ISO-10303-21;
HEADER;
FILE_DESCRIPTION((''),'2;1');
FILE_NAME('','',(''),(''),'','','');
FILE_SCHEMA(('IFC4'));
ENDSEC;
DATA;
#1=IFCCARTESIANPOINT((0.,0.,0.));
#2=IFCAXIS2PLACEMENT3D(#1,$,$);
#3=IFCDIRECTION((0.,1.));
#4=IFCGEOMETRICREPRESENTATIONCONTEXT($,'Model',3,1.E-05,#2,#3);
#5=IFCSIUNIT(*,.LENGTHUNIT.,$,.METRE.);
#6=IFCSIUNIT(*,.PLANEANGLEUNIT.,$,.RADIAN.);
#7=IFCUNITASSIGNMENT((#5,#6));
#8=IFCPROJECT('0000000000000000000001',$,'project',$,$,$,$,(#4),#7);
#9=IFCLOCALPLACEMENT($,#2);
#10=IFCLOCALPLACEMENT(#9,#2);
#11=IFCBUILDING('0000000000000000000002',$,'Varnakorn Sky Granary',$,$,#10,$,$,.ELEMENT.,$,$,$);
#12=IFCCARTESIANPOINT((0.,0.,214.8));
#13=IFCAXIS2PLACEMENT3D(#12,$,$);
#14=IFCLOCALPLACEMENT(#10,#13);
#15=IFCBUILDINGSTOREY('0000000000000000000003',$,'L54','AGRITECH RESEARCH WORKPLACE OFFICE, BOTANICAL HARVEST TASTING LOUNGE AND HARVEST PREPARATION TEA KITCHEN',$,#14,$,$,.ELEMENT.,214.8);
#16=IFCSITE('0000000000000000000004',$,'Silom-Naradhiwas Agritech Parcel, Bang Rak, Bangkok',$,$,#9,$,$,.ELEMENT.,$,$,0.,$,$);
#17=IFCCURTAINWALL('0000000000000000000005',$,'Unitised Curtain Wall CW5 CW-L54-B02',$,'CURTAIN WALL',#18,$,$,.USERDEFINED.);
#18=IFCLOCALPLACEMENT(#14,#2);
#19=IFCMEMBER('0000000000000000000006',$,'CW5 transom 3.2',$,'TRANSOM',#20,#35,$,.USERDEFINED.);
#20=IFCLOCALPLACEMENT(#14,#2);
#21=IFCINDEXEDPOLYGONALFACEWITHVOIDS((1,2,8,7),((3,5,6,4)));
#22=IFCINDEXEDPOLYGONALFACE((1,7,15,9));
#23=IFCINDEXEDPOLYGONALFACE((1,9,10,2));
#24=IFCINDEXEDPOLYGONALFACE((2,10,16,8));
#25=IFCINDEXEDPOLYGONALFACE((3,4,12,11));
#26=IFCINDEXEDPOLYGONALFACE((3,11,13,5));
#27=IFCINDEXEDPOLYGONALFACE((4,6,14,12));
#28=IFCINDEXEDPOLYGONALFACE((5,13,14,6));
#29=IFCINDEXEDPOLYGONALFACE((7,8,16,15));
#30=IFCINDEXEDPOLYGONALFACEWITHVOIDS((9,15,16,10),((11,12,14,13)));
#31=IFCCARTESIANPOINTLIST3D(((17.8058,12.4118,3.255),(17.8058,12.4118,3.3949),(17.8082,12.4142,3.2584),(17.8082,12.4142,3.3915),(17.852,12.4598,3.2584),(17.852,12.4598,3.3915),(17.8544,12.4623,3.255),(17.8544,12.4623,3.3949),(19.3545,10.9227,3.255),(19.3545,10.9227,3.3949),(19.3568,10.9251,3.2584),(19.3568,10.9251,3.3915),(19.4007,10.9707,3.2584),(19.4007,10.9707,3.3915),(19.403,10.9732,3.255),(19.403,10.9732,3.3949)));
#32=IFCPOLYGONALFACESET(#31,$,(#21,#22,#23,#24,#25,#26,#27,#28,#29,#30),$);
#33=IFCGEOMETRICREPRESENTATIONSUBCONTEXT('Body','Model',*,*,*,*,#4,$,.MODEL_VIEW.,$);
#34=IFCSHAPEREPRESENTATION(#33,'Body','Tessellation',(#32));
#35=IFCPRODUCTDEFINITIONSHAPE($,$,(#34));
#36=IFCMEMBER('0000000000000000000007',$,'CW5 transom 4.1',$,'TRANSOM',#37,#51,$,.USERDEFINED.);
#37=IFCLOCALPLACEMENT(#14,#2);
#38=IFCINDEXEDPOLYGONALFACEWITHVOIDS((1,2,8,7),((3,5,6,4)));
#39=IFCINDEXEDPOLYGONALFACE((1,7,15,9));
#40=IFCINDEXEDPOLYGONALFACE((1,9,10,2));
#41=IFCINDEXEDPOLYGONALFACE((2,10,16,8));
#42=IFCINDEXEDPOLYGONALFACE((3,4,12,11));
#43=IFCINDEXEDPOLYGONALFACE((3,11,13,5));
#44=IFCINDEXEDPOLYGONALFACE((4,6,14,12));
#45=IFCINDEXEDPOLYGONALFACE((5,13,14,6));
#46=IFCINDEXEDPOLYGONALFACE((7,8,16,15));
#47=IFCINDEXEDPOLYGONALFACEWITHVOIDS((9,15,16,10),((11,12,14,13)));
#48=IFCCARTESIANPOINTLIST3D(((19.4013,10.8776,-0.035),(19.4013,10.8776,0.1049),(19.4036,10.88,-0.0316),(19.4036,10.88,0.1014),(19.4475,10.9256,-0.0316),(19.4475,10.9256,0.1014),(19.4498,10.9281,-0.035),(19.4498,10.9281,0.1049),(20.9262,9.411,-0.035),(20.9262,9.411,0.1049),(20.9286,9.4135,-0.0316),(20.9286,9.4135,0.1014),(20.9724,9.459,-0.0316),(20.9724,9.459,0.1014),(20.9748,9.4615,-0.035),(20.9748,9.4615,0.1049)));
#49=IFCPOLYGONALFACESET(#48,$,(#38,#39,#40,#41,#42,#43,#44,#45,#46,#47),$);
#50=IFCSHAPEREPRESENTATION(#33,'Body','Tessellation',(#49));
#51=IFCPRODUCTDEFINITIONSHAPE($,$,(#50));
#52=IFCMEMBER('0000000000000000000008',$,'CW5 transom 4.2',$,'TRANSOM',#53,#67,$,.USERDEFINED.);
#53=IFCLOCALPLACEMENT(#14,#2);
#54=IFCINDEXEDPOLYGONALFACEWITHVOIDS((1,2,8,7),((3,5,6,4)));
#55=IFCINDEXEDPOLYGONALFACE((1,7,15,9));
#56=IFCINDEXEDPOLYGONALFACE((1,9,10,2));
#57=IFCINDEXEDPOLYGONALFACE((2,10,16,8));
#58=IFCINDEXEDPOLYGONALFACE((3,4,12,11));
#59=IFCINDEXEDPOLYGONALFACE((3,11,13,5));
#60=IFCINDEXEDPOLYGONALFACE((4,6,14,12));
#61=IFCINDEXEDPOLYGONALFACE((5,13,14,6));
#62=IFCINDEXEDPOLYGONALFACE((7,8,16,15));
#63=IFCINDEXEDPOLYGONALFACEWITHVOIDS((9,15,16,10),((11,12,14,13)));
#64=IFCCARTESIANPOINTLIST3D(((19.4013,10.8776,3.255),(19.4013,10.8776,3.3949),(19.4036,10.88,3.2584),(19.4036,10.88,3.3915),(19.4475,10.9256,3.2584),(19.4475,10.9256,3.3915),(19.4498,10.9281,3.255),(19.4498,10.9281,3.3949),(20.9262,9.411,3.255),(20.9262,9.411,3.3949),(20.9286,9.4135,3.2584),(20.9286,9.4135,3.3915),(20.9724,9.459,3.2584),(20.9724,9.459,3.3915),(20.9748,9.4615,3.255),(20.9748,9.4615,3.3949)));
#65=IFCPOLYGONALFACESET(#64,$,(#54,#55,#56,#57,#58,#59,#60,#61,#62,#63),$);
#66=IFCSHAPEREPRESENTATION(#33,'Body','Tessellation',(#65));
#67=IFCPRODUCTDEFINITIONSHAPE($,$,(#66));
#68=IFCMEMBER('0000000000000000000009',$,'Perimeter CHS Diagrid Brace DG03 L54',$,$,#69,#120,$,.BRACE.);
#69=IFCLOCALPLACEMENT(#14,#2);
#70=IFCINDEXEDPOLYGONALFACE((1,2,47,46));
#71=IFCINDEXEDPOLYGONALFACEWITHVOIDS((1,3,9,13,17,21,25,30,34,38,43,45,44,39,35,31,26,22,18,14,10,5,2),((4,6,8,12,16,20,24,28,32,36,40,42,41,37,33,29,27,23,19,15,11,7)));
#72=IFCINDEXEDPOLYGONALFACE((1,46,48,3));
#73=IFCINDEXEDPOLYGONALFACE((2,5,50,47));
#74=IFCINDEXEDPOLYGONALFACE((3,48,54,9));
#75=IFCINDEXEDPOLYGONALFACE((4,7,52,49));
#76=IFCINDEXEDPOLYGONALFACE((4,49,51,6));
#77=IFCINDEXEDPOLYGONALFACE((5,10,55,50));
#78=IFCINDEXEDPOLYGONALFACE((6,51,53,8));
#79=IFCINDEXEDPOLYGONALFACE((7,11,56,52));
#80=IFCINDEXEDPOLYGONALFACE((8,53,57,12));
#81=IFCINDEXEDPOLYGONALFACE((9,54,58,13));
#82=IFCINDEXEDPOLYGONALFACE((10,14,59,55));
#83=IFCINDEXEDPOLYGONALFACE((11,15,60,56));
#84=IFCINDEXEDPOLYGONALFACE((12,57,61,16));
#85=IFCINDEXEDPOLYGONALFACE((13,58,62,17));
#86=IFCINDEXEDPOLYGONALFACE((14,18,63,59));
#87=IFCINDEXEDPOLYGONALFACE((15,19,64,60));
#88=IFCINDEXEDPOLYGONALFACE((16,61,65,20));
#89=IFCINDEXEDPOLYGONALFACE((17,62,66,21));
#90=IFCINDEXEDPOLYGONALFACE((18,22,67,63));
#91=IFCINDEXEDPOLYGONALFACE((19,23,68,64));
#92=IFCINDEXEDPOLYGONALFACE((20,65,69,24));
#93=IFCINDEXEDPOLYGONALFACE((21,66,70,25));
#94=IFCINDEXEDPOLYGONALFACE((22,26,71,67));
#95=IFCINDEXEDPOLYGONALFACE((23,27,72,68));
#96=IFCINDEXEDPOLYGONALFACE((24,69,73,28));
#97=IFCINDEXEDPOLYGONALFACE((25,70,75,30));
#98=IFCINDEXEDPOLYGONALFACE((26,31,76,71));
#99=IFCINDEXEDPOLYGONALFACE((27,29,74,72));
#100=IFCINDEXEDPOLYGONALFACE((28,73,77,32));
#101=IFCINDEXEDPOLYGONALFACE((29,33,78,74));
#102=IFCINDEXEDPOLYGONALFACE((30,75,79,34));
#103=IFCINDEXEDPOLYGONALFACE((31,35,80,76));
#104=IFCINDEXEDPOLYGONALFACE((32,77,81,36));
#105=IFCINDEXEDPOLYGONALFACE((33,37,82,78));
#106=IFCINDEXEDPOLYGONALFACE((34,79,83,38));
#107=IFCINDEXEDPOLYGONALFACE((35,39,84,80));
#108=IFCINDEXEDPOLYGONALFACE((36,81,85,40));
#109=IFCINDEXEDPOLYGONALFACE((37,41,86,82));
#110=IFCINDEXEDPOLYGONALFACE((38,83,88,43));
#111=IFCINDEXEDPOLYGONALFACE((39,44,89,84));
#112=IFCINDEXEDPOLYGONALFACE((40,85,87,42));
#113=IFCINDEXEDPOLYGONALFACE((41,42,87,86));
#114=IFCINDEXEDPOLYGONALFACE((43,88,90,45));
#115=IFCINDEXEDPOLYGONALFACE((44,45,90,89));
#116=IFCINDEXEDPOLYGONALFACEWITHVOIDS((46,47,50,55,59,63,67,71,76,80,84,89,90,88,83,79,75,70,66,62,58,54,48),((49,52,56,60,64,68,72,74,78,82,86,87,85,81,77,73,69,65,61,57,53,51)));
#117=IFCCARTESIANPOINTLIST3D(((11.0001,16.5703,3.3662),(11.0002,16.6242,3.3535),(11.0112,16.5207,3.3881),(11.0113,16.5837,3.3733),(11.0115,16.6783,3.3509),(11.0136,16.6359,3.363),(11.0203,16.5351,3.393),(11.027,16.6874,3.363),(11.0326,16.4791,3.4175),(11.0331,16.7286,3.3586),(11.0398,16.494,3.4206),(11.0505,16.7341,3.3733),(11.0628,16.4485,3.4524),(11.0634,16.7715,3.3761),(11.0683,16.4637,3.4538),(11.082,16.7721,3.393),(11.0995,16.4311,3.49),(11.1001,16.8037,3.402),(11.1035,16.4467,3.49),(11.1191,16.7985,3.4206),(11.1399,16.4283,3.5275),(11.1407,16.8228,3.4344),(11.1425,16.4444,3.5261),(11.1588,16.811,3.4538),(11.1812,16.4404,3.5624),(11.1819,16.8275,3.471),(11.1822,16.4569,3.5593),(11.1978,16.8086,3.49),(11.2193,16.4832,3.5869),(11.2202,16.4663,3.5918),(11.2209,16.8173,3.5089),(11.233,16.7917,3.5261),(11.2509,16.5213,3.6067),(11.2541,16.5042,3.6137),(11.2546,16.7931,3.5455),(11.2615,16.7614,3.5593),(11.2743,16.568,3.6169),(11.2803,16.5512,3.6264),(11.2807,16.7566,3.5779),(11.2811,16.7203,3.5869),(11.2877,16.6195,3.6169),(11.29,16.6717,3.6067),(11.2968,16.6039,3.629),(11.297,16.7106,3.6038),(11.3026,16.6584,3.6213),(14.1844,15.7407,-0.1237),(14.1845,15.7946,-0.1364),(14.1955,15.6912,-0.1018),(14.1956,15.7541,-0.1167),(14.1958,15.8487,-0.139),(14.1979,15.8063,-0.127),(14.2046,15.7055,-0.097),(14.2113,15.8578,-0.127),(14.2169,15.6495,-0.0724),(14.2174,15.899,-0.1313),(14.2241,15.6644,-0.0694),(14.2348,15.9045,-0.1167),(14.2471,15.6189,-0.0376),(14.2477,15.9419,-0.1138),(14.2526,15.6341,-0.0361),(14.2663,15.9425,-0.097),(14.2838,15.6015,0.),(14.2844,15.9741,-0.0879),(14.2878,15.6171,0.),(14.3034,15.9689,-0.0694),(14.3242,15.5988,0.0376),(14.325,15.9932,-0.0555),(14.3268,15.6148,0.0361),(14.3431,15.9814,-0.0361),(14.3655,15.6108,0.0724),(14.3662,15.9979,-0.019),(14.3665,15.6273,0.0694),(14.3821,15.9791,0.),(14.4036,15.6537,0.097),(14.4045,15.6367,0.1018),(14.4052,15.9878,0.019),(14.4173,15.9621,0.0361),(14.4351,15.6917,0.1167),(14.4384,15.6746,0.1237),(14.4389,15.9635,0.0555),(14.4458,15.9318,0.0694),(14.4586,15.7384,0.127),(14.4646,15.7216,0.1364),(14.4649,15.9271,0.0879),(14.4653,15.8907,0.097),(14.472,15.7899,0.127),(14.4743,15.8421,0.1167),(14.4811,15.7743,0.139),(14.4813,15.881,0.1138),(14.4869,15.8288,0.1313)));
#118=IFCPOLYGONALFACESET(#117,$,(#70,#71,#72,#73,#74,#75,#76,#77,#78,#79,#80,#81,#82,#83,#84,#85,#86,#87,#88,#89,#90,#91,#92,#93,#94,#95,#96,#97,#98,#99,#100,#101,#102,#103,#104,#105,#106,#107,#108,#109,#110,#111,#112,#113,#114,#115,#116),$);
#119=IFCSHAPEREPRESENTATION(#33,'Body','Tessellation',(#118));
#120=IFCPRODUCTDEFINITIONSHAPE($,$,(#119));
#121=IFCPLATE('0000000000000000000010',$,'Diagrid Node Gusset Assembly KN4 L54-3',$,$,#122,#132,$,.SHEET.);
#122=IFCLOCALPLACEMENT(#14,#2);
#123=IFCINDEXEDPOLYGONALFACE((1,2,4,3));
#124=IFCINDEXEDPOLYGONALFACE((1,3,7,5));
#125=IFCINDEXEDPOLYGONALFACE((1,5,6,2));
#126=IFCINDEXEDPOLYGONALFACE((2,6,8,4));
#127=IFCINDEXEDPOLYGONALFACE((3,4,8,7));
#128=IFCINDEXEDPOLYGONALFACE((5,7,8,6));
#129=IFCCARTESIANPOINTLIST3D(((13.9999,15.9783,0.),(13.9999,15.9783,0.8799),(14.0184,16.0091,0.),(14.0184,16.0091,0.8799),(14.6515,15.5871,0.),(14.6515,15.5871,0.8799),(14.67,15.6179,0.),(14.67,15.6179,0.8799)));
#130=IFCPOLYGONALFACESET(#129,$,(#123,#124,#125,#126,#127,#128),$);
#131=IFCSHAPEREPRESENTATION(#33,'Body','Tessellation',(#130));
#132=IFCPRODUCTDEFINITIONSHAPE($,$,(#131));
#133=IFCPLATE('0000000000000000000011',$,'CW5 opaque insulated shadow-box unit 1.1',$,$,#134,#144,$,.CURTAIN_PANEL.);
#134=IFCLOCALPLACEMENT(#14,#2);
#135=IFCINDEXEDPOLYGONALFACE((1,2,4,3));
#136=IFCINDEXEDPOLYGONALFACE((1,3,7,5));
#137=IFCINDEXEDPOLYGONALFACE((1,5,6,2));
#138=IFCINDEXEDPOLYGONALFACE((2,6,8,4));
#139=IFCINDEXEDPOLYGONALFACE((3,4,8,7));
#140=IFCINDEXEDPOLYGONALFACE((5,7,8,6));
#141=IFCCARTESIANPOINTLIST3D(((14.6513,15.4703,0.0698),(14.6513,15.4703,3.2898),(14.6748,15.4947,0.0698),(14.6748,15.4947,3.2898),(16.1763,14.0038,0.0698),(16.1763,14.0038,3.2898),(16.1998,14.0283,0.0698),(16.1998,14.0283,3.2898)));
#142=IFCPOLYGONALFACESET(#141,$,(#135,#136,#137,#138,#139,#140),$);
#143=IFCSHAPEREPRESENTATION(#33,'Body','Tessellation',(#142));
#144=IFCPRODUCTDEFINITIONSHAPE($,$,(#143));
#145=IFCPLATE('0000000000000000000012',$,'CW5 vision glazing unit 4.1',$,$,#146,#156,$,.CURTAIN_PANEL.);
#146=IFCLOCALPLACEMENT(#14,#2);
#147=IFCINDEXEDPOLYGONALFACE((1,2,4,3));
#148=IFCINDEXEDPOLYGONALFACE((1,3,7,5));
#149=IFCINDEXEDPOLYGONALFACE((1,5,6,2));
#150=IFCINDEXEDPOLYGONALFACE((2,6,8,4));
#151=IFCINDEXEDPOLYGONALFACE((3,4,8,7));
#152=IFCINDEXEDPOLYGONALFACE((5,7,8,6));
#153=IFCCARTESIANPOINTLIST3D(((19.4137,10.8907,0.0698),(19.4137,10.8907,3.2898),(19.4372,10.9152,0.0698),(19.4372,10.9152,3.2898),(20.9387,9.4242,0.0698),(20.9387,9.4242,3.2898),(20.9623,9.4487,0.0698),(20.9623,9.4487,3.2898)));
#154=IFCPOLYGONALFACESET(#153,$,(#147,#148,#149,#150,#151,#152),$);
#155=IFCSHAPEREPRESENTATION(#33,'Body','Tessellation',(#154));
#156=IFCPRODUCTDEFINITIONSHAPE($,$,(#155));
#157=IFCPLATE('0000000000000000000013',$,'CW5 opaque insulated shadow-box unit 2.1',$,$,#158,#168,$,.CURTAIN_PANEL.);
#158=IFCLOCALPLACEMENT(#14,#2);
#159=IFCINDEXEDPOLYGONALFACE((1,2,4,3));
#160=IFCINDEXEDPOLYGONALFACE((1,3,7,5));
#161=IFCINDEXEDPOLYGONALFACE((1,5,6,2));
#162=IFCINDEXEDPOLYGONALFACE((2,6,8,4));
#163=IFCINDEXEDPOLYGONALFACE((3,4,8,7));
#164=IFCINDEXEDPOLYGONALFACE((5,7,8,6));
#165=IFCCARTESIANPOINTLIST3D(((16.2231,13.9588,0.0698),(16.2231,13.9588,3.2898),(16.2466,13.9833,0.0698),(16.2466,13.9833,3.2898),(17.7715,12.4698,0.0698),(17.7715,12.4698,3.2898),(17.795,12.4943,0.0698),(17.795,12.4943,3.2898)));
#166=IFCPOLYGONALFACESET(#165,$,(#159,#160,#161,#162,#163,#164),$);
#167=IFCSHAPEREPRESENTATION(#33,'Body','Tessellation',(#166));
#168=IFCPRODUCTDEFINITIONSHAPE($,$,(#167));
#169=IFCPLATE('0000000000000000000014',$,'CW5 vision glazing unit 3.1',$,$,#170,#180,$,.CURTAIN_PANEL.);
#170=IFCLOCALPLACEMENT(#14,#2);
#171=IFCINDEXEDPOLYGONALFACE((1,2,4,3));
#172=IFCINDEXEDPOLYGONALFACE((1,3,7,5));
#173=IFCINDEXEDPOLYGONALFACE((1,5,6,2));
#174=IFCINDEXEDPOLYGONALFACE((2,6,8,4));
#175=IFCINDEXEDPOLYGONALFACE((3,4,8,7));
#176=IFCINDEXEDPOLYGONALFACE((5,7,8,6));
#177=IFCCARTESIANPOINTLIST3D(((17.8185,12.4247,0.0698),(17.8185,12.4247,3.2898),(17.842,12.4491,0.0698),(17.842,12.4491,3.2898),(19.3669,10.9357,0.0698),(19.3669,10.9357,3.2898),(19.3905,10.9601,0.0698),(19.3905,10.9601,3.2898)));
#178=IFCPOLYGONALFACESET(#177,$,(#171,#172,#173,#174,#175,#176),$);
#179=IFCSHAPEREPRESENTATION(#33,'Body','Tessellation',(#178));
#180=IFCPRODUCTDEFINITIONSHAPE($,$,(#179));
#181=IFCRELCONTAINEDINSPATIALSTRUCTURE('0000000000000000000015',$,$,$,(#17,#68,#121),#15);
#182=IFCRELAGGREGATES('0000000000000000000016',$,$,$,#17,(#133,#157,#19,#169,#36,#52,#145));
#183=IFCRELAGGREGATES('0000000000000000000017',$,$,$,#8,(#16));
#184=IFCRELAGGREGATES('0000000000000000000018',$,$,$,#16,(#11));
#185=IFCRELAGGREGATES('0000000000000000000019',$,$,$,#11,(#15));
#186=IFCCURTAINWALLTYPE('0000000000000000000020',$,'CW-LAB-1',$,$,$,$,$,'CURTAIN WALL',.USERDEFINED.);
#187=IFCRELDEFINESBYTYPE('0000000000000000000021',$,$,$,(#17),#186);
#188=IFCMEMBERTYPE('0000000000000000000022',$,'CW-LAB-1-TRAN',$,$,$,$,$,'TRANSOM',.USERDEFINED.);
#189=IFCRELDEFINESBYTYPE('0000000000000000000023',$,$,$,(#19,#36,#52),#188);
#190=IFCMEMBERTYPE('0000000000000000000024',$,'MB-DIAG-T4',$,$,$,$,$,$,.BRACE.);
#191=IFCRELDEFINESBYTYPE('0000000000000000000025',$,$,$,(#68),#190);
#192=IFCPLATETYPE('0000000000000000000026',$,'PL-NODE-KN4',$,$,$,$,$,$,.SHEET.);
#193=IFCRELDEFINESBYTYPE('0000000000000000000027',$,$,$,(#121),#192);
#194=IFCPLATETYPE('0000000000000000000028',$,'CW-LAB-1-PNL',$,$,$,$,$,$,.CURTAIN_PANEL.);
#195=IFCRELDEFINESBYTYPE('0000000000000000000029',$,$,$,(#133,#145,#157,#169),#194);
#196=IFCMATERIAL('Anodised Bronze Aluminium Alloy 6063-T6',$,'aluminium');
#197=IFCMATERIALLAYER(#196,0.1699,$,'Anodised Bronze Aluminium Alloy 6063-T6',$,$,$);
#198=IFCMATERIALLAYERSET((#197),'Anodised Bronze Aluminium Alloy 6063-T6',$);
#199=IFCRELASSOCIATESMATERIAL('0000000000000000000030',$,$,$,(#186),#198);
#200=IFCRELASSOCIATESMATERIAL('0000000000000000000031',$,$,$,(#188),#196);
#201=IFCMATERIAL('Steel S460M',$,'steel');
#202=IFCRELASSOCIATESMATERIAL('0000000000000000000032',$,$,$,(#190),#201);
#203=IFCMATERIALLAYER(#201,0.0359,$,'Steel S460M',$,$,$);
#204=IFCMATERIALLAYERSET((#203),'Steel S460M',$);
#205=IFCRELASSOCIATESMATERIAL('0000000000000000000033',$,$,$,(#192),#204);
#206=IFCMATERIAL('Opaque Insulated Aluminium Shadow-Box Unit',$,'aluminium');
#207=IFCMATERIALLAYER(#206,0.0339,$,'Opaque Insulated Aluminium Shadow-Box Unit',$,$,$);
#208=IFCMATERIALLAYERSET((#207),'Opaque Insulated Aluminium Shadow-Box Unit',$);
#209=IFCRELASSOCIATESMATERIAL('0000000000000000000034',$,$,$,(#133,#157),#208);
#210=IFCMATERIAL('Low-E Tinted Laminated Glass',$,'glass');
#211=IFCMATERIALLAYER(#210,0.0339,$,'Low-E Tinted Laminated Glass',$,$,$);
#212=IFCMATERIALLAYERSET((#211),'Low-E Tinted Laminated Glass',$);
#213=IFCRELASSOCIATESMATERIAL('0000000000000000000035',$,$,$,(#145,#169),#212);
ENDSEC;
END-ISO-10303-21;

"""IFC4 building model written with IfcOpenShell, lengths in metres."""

from ifc_helpers import new_model, si_unit, direction, frame, origin, origin_2d, place, context, subcontext, project, spatial, rectangle, hollow_rectangle, hollow_circle, extrude, source, transform, mapped, material, layer, layer_set, material_profile, profile_set, type_object, type_shapes, element, aggregate, save


model = new_model("IFC4")

# Units and contexts
model_context = context("Model", 3, precision=1e-05, world=origin(), true_north=direction((0.0, 1.0)))
body_context = subcontext(model_context, "Body", "Model", "MODEL_VIEW")
ifc_project = project(units=[si_unit("LENGTHUNIT", "METRE"), si_unit("PLANEANGLEUNIT", "RADIAN")], contexts=[model_context])

# Site, building, storey
site_placement = place(None, origin())
site = spatial("IfcSite", under=ifc_project, at=site_placement, Name="Silom-Naradhiwas Agritech Parcel, Bang Rak, Bangkok", CompositionType="ELEMENT", RefElevation=0.0)
building_placement = place(site_placement, origin())
building = spatial("IfcBuilding", under=site, at=building_placement, Name="Varnakorn Sky Granary", CompositionType="ELEMENT")
storey_placement = place(building_placement, frame((0.0, 0.0, 214.8)))
storey = spatial("IfcBuildingStorey", under=building, at=storey_placement, Name="L54", Description="AGRITECH RESEARCH WORKPLACE OFFICE, BOTANICAL HARVEST TASTING LOUNGE AND HARVEST PREPARATION TEA KITCHEN", CompositionType="ELEMENT", Elevation=214.8)

# Curtain wall, members
ifc_material_1 = material(Name="Anodised Bronze Aluminium Alloy 6063-T6", Category="aluminium")
ifc_layer_1 = layer(ifc_material_1, 0.1699, Name="Anodised Bronze Aluminium Alloy 6063-T6")
ifc_layer_set_1 = layer_set([ifc_layer_1], Name="Anodised Bronze Aluminium Alloy 6063-T6")
curtain_wall_type = type_object("IfcCurtainWallType", Name="CW-LAB-1", ElementType="CURTAIN WALL", PredefinedType="USERDEFINED", material=ifc_layer_set_1)
curtain_wall_placement = place(storey_placement, origin())
curtain_wall = element("IfcCurtainWall", 1, at=curtain_wall_placement, inside=storey, type_object=curtain_wall_type, Name="Unitised Curtain Wall CW5 CW-L54-B02", ObjectType="CURTAIN WALL", PredefinedType="USERDEFINED")
ifc_material_profile_1 = material_profile(ifc_material_1, hollow_rectangle(XDim=0.0701, YDim=0.1399, WallThickness=0.0034, at=origin_2d()), Name="ALU TRAN 70x140")
ifc_profile_set_1 = profile_set([ifc_material_profile_1], Name="Anodised Bronze Aluminium Alloy 6063-T6")
member_type_1 = type_object("IfcMemberType", Name="CW-LAB-1-TRAN", ElementType="TRANSOM", PredefinedType="USERDEFINED", material=ifc_profile_set_1)
member_1_placement = place(storey_placement, frame((17.8301, 12.437, 3.325), z_axis=(0.720835, -0.693106, 0.0), x_axis=(0.693106, 0.720835, 0.0)))
member_1 = element("IfcMember", 2, at=member_1_placement, type_object=member_type_1, Name="CW5 transom 3.2", ObjectType="TRANSOM", PredefinedType="USERDEFINED", context=body_context, shape_type="SweptSolid", body=[
    extrude(hollow_rectangle(XDim=0.0701, YDim=0.1399, WallThickness=0.0034, at=origin_2d()), origin(), (0.0, 0.0, 1.0), 2.1484),
])
member_2_placement = place(storey_placement, frame((19.4255, 10.9028, 0.0349), z_axis=(0.720762, -0.693183, 0.0), x_axis=(0.693183, 0.720762, 0.0)))
member_2 = element("IfcMember", 3, at=member_2_placement, type_object=member_type_1, Name="CW5 transom 4.1", ObjectType="TRANSOM", PredefinedType="USERDEFINED", context=body_context, shape_type="SweptSolid", body=[
    extrude(hollow_rectangle(XDim=0.0701, YDim=0.1399, WallThickness=0.0034, at=origin_2d()), origin(), (0.0, 0.0, 1.0), 2.1157),
])
member_3_placement = place(storey_placement, frame((19.4255, 10.9028, 3.325), z_axis=(0.720762, -0.693183, 0.0), x_axis=(0.693183, 0.720762, 0.0)))
member_3 = element("IfcMember", 4, at=member_3_placement, type_object=member_type_1, Name="CW5 transom 4.2", ObjectType="TRANSOM", PredefinedType="USERDEFINED", context=body_context, shape_type="SweptSolid", body=[
    extrude(hollow_rectangle(XDim=0.0701, YDim=0.1399, WallThickness=0.0034, at=origin_2d()), origin(), (0.0, 0.0, 1.0), 2.1157),
])

# Member
ifc_material_2 = material(Name="Steel S460M", Category="steel")
ifc_material_profile_2 = material_profile(ifc_material_2, hollow_circle(Radius=0.2031, WallThickness=0.0161, at=origin_2d()), Name="CHS 406.4x16")
ifc_profile_set_2 = profile_set([ifc_material_profile_2], Name="Steel S460M")
member_type_2 = type_object("IfcMemberType", Name="MB-DIAG-T4", PredefinedType="BRACE", material=ifc_profile_set_2)
member_4_placement = place(storey_placement, frame((14.335, 15.7981, 0.0), z_axis=(-0.66386, 0.172951, 0.727584), x_axis=(-0.252108, -0.967699, 0.0)))
element("IfcMember", 5, at=member_4_placement, inside=storey, type_object=member_type_2, Name="Perimeter CHS Diagrid Brace DG03 L54", PredefinedType="BRACE", context=body_context, shape_type="SweptSolid", body=[
    extrude(hollow_circle(Radius=0.2031, WallThickness=0.0161, at=origin_2d()), origin(), (0.0, 0.0, 1.0), 4.7966),
])

# Plates
ifc_layer_2 = layer(ifc_material_2, 0.0359, Name="Steel S460M")
ifc_layer_set_2 = layer_set([ifc_layer_2], Name="Steel S460M")
plate_type_1 = type_object("IfcPlateType", Name="PL-NODE-KN4", PredefinedType="SHEET", material=ifc_layer_set_2)
plate_1_placement = place(storey_placement, frame((14.335, 15.7981, 0.0), z_axis=(0.0, 0.0, 1.0), x_axis=(-0.857344, 0.514743, 0.0)))
element("IfcPlate", 6, at=plate_1_placement, inside=storey, type_object=plate_type_1, Name="Diagrid Node Gusset Assembly KN4 L54-3", PredefinedType="SHEET", context=body_context, shape_type="SweptSolid", body=[
    extrude(rectangle(XDim=0.76, YDim=0.0359, at=origin_2d()), origin(), (0.0, 0.0, 1.0), 0.8799),
])
ifc_material_3 = material(Name="Opaque Insulated Aluminium Shadow-Box Unit", Category="aluminium")
ifc_layer_3 = layer(ifc_material_3, 0.0339, Name="Opaque Insulated Aluminium Shadow-Box Unit")
ifc_layer_set_3 = layer_set([ifc_layer_3], Name="Opaque Insulated Aluminium Shadow-Box Unit")
plate_type_2 = type_object("IfcPlateType", Name="CW-LAB-1-PNL", PredefinedType="CURTAIN_PANEL")
shared_shape_1 = source(origin(), body_context, "Body", "SweptSolid", [
    extrude(rectangle(XDim=2.1157, YDim=0.0339, at=origin_2d()), origin(), (0.0, 0.0, 1.0), 3.22),
])
plate_2_placement = place(storey_placement, frame((15.4255, 14.7493, 0.0698), z_axis=(0.0, 0.0, 1.0), x_axis=(0.720803, -0.69314, 0.0)))
plate_2 = element("IfcPlate", 7, at=plate_2_placement, type_object=plate_type_2, material=ifc_layer_set_3, Name="CW5 opaque insulated shadow-box unit 1.1", PredefinedType="CURTAIN_PANEL", context=body_context, shape_type="MappedRepresentation", body=[
    mapped(shared_shape_1, transform((0.0, 0.0, 0.0), x_axis=(1.0, 0.0, 0.0), y_axis=(0.0, 1.0, 0.0), z_axis=(0.0, 0.0, 1.0), scale=1.0)),
])
ifc_material_4 = material(Name="Low-E Tinted Laminated Glass", Category="glass")
ifc_layer_4 = layer(ifc_material_4, 0.0339, Name="Low-E Tinted Laminated Glass")
ifc_layer_set_4 = layer_set([ifc_layer_4], Name="Low-E Tinted Laminated Glass")
plate_3_placement = place(storey_placement, frame((20.188, 10.1697, 0.0698), z_axis=(0.0, 0.0, 1.0), x_axis=(0.720803, -0.69314, 0.0)))
plate_3 = element("IfcPlate", 8, at=plate_3_placement, type_object=plate_type_2, material=ifc_layer_set_4, Name="CW5 vision glazing unit 4.1", PredefinedType="CURTAIN_PANEL", context=body_context, shape_type="MappedRepresentation", body=[
    mapped(shared_shape_1, transform((0.0, 0.0, 0.0), x_axis=(1.0, 0.0, 0.0), y_axis=(0.0, 1.0, 0.0), z_axis=(0.0, 0.0, 1.0), scale=1.0)),
])
shared_shape_2 = source(origin(), body_context, "Body", "SweptSolid", [
    extrude(rectangle(XDim=2.1482, YDim=0.0339, at=origin_2d()), origin(), (0.0, 0.0, 1.0), 3.22),
])
type_shapes(plate_type_2, [shared_shape_1, shared_shape_2])
plate_4_placement = place(storey_placement, frame((17.009, 13.2266, 0.0698), z_axis=(0.0, 0.0, 1.0), x_axis=(0.720803, -0.69314, 0.0)))
plate_4 = element("IfcPlate", 9, at=plate_4_placement, type_object=plate_type_2, material=ifc_layer_set_3, Name="CW5 opaque insulated shadow-box unit 2.1", PredefinedType="CURTAIN_PANEL", context=body_context, shape_type="MappedRepresentation", body=[
    mapped(shared_shape_2, transform((0.0, 0.0, 0.0), x_axis=(1.0, 0.0, 0.0), y_axis=(0.0, 1.0, 0.0), z_axis=(0.0, 0.0, 1.0), scale=1.0)),
])
plate_5_placement = place(storey_placement, frame((18.6045, 11.6924, 0.0698), z_axis=(0.0, 0.0, 1.0), x_axis=(0.720803, -0.69314, 0.0)))
plate_5 = element("IfcPlate", 10, at=plate_5_placement, type_object=plate_type_2, material=ifc_layer_set_4, Name="CW5 vision glazing unit 3.1", PredefinedType="CURTAIN_PANEL", context=body_context, shape_type="MappedRepresentation", body=[
    mapped(shared_shape_2, transform((0.0, 0.0, 0.0), x_axis=(1.0, 0.0, 0.0), y_axis=(0.0, 1.0, 0.0), z_axis=(0.0, 0.0, 1.0), scale=1.0)),
])
aggregate(curtain_wall, [plate_2, plate_4, member_1, plate_5, member_2, member_3, plate_3])

save(model, "model.ifc")
